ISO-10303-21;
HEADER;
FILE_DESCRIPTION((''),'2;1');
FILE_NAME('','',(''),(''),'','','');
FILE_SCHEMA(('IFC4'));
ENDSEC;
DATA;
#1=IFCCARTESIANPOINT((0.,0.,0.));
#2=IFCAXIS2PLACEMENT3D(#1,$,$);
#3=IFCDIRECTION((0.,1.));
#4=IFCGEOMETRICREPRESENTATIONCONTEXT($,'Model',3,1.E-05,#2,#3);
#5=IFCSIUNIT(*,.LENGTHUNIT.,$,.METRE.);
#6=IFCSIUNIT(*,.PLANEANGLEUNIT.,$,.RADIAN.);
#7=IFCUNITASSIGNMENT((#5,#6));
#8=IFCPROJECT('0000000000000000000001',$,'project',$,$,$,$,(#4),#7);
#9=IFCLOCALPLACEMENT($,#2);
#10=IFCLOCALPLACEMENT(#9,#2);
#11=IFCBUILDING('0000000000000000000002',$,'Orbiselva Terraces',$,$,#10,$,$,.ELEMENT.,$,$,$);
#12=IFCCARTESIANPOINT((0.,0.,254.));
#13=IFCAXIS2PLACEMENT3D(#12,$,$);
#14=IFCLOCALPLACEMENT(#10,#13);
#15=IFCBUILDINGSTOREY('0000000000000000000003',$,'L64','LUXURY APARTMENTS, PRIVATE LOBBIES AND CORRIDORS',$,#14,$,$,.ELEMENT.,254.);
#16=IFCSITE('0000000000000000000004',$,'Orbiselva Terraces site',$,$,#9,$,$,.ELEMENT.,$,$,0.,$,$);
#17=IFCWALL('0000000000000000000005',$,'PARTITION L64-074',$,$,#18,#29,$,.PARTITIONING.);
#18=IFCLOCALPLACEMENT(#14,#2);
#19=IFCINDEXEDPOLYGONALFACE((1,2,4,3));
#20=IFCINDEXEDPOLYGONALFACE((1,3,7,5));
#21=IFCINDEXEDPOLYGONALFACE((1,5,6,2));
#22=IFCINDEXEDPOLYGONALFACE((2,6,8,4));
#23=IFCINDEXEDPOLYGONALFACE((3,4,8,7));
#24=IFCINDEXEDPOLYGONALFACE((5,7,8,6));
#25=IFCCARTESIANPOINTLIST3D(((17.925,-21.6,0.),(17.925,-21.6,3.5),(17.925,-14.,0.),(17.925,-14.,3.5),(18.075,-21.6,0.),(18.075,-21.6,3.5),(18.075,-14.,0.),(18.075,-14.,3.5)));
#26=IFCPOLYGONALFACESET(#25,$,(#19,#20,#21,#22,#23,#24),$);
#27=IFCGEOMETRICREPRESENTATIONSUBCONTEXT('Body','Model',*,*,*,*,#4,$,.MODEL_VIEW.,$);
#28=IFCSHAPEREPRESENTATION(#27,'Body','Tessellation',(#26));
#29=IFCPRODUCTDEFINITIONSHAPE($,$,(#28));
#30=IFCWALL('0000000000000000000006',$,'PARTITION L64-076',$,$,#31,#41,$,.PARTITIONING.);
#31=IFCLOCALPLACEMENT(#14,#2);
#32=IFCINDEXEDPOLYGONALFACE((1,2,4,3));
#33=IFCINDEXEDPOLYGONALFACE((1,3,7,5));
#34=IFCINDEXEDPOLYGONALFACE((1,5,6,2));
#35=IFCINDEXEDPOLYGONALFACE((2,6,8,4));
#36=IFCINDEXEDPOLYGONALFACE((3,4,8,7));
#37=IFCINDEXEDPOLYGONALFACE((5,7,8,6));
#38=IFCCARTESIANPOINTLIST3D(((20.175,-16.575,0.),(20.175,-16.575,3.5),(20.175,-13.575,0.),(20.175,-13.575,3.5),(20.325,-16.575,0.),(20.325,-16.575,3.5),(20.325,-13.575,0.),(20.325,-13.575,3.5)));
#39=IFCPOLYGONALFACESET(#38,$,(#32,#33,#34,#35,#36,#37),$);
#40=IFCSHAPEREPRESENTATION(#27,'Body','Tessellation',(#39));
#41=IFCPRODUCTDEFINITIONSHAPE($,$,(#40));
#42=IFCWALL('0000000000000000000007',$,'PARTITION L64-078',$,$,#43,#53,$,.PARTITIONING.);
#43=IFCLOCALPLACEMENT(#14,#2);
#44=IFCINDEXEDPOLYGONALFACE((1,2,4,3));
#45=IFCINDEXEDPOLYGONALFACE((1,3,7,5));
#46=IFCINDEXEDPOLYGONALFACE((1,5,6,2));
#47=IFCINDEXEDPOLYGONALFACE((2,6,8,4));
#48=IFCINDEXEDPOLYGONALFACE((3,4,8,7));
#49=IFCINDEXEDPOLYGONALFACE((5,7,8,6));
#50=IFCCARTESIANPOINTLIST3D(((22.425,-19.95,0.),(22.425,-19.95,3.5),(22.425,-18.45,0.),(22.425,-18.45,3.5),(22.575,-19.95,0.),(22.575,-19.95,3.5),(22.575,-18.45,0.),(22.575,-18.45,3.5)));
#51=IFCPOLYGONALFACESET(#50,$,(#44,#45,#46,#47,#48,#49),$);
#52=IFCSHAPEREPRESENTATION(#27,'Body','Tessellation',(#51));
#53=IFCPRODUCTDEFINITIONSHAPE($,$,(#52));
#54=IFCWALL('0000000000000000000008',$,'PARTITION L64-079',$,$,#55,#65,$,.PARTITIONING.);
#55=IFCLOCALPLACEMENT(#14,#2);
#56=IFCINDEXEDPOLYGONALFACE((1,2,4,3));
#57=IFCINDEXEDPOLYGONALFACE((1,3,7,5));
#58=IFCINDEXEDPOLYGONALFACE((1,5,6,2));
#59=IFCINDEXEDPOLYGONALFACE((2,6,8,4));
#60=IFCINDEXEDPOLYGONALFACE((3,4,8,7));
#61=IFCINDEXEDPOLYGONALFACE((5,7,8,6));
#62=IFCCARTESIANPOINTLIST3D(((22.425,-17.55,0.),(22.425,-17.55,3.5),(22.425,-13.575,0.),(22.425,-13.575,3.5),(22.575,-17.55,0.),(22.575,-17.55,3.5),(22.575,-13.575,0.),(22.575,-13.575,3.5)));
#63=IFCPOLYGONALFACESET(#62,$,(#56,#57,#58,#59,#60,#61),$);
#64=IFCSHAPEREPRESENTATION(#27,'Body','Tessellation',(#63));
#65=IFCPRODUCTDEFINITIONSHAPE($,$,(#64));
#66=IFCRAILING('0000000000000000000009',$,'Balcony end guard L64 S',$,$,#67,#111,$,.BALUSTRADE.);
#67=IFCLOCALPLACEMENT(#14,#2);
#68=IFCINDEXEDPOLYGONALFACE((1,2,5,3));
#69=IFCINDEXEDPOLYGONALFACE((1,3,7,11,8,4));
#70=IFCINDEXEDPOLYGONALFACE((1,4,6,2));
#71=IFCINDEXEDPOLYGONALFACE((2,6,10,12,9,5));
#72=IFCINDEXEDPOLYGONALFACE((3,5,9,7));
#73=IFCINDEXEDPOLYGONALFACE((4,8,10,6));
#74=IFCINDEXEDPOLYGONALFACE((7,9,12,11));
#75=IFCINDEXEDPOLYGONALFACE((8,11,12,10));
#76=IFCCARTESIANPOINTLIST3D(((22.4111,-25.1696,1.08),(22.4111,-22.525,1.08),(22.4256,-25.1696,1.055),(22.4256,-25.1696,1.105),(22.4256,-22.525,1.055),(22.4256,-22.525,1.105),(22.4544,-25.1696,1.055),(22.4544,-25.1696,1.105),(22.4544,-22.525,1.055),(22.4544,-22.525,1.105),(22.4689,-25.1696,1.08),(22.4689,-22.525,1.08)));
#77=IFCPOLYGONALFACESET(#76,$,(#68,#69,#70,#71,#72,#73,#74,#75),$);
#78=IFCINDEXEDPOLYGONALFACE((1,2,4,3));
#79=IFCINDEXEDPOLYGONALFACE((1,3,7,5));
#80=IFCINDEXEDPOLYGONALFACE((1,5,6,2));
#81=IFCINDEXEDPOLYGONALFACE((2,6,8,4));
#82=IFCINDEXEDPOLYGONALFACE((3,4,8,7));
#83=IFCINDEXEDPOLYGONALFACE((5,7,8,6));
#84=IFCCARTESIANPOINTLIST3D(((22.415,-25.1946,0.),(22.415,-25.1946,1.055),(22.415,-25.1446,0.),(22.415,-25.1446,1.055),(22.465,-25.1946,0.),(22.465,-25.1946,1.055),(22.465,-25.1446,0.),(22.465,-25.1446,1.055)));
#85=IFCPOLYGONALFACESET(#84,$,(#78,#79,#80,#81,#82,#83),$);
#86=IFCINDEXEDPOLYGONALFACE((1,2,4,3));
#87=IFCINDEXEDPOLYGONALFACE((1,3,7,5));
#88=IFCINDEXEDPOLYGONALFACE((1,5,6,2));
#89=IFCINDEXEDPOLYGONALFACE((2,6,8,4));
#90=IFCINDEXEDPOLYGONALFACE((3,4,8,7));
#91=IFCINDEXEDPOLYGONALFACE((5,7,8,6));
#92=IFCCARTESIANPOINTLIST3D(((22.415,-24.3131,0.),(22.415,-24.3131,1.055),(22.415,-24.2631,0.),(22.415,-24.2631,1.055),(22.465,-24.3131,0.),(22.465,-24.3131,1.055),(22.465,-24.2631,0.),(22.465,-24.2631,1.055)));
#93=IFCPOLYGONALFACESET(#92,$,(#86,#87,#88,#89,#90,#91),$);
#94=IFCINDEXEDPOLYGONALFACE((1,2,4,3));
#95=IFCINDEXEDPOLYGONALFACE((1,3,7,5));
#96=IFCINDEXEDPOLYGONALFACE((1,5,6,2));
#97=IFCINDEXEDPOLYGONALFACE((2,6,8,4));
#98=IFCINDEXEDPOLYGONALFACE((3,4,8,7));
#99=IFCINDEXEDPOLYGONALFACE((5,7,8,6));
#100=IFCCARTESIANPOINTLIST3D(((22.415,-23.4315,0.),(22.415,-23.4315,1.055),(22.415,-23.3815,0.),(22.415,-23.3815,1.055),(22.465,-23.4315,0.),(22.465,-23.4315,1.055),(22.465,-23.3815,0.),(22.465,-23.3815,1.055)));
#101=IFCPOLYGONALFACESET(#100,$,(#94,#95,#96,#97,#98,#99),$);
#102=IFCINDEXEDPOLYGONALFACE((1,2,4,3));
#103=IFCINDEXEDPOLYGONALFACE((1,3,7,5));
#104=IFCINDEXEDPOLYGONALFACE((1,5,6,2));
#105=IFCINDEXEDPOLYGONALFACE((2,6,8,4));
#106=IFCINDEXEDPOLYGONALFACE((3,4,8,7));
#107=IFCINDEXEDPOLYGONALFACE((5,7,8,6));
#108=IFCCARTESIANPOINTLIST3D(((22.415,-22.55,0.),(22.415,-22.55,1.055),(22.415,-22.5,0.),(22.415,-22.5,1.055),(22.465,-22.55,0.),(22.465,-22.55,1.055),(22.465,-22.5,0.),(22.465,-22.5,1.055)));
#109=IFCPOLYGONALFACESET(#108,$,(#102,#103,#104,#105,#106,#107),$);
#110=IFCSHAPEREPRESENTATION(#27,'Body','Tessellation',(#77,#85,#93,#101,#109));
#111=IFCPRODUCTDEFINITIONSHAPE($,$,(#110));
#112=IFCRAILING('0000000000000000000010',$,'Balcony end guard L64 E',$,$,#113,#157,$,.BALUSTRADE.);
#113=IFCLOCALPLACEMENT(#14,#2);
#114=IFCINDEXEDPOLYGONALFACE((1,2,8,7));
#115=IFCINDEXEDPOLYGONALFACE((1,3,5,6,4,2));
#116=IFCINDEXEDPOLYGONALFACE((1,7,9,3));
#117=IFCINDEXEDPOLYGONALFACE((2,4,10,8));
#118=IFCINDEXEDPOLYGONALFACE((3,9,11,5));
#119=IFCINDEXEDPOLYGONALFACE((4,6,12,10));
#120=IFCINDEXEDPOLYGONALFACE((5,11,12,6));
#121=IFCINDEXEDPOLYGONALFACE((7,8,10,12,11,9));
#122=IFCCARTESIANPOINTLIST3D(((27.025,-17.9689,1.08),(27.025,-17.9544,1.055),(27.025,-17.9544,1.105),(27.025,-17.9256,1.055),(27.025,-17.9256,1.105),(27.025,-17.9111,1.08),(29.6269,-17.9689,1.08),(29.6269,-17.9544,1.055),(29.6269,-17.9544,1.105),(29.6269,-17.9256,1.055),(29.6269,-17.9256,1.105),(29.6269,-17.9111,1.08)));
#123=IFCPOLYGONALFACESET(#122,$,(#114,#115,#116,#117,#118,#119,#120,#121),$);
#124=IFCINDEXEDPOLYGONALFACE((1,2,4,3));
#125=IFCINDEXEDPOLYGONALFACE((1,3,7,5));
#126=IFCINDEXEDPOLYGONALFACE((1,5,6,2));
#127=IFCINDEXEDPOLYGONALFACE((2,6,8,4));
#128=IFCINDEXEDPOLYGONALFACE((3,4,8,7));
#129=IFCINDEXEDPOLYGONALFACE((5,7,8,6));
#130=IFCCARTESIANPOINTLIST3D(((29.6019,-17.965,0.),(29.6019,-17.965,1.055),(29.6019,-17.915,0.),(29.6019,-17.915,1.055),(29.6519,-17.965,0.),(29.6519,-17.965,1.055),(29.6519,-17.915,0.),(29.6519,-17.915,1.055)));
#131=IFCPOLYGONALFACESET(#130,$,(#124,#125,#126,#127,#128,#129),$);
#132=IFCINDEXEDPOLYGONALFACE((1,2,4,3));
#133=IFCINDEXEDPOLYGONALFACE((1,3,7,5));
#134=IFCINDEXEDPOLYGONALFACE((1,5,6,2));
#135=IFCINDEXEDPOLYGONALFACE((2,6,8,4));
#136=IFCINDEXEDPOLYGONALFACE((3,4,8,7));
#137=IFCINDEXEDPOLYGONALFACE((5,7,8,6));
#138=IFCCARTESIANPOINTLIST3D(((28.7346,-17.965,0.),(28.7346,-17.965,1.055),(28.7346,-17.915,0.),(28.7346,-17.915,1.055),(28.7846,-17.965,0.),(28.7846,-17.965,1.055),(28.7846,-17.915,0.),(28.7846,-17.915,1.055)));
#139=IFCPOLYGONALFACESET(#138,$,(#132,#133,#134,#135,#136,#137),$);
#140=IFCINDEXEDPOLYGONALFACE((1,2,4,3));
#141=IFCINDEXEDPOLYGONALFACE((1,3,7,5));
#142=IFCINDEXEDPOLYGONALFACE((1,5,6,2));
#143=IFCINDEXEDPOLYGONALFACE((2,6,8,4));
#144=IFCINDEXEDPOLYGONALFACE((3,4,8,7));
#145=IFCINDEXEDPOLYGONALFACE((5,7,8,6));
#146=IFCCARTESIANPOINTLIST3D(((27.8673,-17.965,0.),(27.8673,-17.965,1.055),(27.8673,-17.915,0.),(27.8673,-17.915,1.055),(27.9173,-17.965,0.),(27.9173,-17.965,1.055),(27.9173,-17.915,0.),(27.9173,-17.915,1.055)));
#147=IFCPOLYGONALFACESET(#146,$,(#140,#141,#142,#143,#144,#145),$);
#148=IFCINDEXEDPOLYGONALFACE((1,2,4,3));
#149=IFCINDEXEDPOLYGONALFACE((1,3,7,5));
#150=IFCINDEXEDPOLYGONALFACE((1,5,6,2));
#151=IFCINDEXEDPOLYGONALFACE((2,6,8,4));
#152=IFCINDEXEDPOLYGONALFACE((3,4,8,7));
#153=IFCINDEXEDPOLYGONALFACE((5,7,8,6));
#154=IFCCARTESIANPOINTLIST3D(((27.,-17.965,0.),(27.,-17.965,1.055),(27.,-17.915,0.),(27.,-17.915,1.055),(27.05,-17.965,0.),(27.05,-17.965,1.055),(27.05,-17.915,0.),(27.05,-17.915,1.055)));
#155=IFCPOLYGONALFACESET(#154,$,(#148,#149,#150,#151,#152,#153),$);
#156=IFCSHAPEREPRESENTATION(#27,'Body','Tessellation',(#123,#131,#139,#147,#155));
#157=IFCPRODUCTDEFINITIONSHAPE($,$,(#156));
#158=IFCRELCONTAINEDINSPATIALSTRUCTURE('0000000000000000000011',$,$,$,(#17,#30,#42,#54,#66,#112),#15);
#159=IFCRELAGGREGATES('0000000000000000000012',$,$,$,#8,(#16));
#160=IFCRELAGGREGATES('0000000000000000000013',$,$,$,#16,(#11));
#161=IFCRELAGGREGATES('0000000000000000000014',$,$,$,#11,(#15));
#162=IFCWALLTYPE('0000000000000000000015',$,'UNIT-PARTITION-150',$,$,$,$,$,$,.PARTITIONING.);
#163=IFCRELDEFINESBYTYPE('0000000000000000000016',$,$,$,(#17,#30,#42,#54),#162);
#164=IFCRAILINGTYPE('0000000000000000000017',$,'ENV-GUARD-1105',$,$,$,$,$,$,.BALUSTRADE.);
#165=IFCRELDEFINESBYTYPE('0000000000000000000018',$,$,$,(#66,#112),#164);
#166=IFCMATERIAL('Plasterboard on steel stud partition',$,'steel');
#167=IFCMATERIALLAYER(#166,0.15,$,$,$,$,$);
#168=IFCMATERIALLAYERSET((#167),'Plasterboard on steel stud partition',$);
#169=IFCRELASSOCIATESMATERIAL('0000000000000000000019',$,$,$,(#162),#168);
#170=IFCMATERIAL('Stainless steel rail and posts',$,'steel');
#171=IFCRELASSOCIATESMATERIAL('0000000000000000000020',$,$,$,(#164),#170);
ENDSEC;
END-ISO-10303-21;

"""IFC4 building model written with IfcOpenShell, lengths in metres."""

from ifc_helpers import new_model, si_unit, direction, frame, frame_2d, origin, origin_2d, place, context, subcontext, project, spatial, polyline, rectangle, outline, extrude, material, layer, layer_set, type_object, element, save


model = new_model("IFC4")

# Units and contexts
model_context = context("Model", 3, precision=1e-05, world=origin(), true_north=direction((0.0, 1.0)))
body_context = subcontext(model_context, "Body", "Model", "MODEL_VIEW")
ifc_project = project(units=[si_unit("LENGTHUNIT", "METRE"), si_unit("PLANEANGLEUNIT", "RADIAN")], contexts=[model_context])

# Site, building, storey
site_placement = place(None, origin())
site = spatial("IfcSite", under=ifc_project, at=site_placement, Name="Orbiselva Terraces site", CompositionType="ELEMENT", RefElevation=0.0)
building_placement = place(site_placement, origin())
building = spatial("IfcBuilding", under=site, at=building_placement, Name="Orbiselva Terraces", CompositionType="ELEMENT")
storey_placement = place(building_placement, frame((0.0, 0.0, 254.0)))
storey = spatial("IfcBuildingStorey", under=building, at=storey_placement, Name="L64", Description="LUXURY APARTMENTS, PRIVATE LOBBIES AND CORRIDORS", CompositionType="ELEMENT", Elevation=254.0)

# Walls
ifc_material_1 = material(Name="Plasterboard on steel stud partition", Category="steel")
ifc_layer_1 = layer(ifc_material_1, 0.15)
ifc_layer_set_1 = layer_set([ifc_layer_1], Name="Plasterboard on steel stud partition")
wall_type_1 = type_object("IfcWallType", Name="UNIT-PARTITION-150", PredefinedType="PARTITIONING", material=ifc_layer_set_1)
wall_1_placement = place(storey_placement, frame((18.0, -21.6, 0.0), z_axis=(0.0, 0.0, 1.0), x_axis=(0.0, 1.0, 0.0)))
element("IfcWall", 1, at=wall_1_placement, inside=storey, type_object=wall_type_1, Name="PARTITION L64-074", PredefinedType="PARTITIONING", context=body_context, shape_type="SweptSolid", body=[
    extrude(rectangle(XDim=7.6, YDim=0.15, at=frame_2d((3.8, 0.0))), origin(), (0.0, 0.0, 1.0), 3.5),
])
wall_2_placement = place(storey_placement, frame((20.25, -16.575, 0.0), z_axis=(0.0, 0.0, 1.0), x_axis=(0.0, 1.0, 0.0)))
element("IfcWall", 2, at=wall_2_placement, inside=storey, type_object=wall_type_1, Name="PARTITION L64-076", PredefinedType="PARTITIONING", context=body_context, shape_type="SweptSolid", body=[
    extrude(rectangle(XDim=3.0, YDim=0.15, at=frame_2d((1.5, 0.0))), origin(), (0.0, 0.0, 1.0), 3.5),
])
wall_3_placement = place(storey_placement, frame((22.5, -19.95, 0.0), z_axis=(0.0, 0.0, 1.0), x_axis=(0.0, 1.0, 0.0)))
element("IfcWall", 3, at=wall_3_placement, inside=storey, type_object=wall_type_1, Name="PARTITION L64-078", PredefinedType="PARTITIONING", context=body_context, shape_type="SweptSolid", body=[
    extrude(rectangle(XDim=1.5, YDim=0.15, at=frame_2d((0.75, 0.0))), origin(), (0.0, 0.0, 1.0), 3.5),
])
wall_4_placement = place(storey_placement, frame((22.5, -17.55, 0.0), z_axis=(0.0, 0.0, 1.0), x_axis=(0.0, 1.0, 0.0)))
element("IfcWall", 4, at=wall_4_placement, inside=storey, type_object=wall_type_1, Name="PARTITION L64-079", PredefinedType="PARTITIONING", context=body_context, shape_type="SweptSolid", body=[
    extrude(rectangle(XDim=3.975, YDim=0.15, at=frame_2d((1.9875, 0.0))), origin(), (0.0, 0.0, 1.0), 3.5),
])

# Railings
ifc_material_2 = material(Name="Stainless steel rail and posts", Category="steel")
railing_type_1 = type_object("IfcRailingType", Name="ENV-GUARD-1105", PredefinedType="BALUSTRADE", material=ifc_material_2)
railing_1_placement = place(storey_placement, frame((22.44, -25.1696, 0.0)))
element("IfcRailing", 5, at=railing_1_placement, inside=storey, type_object=railing_type_1, Name="Balcony end guard L64 S", PredefinedType="BALUSTRADE", context=body_context, shape_type="SweptSolid", body=[
    extrude(outline(polyline([(0.0289, 0.0), (0.0144, 0.025), (-0.0144, 0.025), (-0.0289, 0.0), (-0.0144, -0.025), (0.0144, -0.025), (0.0289, 0.0)])), frame((0.0, 0.0, 1.08), z_axis=(0.0, 1.0, 0.0), x_axis=(-1.0, 0.0, 0.0)), (0.0, 0.0, 1.0), 2.6446),
    extrude(rectangle(XDim=0.05, YDim=0.05, at=origin_2d()), origin(), (0.0, 0.0, 1.0), 1.055),
    extrude(rectangle(XDim=0.05, YDim=0.05, at=origin_2d()), frame((0.0, 0.8815, 0.0)), (0.0, 0.0, 1.0), 1.055),
    extrude(rectangle(XDim=0.05, YDim=0.05, at=origin_2d()), frame((0.0, 1.7631, 0.0)), (0.0, 0.0, 1.0), 1.055),
    extrude(rectangle(XDim=0.05, YDim=0.05, at=origin_2d()), frame((0.0, 2.6446, 0.0)), (0.0, 0.0, 1.0), 1.055),
])
railing_2_placement = place(storey_placement, frame((29.6269, -17.94, 0.0)))
element("IfcRailing", 6, at=railing_2_placement, inside=storey, type_object=railing_type_1, Name="Balcony end guard L64 E", PredefinedType="BALUSTRADE", context=body_context, shape_type="SweptSolid", body=[
    extrude(outline(polyline([(0.0289, 0.0), (0.0144, 0.025), (-0.0144, 0.025), (-0.0289, 0.0), (-0.0144, -0.025), (0.0144, -0.025), (0.0289, 0.0)])), frame((0.0, 0.0, 1.08), z_axis=(-1.0, 0.0, 0.0), x_axis=(0.0, -1.0, 0.0)), (0.0, 0.0, 1.0), 2.6019),
    extrude(rectangle(XDim=0.05, YDim=0.05, at=origin_2d()), origin(), (0.0, 0.0, 1.0), 1.055),
    extrude(rectangle(XDim=0.05, YDim=0.05, at=origin_2d()), frame((-0.8673, 0.0, 0.0)), (0.0, 0.0, 1.0), 1.055),
    extrude(rectangle(XDim=0.05, YDim=0.05, at=origin_2d()), frame((-1.7346, 0.0, 0.0)), (0.0, 0.0, 1.0), 1.055),
    extrude(rectangle(XDim=0.05, YDim=0.05, at=origin_2d()), frame((-2.6019, 0.0, 0.0)), (0.0, 0.0, 1.0), 1.055),
])

save(model, "model.ifc")
